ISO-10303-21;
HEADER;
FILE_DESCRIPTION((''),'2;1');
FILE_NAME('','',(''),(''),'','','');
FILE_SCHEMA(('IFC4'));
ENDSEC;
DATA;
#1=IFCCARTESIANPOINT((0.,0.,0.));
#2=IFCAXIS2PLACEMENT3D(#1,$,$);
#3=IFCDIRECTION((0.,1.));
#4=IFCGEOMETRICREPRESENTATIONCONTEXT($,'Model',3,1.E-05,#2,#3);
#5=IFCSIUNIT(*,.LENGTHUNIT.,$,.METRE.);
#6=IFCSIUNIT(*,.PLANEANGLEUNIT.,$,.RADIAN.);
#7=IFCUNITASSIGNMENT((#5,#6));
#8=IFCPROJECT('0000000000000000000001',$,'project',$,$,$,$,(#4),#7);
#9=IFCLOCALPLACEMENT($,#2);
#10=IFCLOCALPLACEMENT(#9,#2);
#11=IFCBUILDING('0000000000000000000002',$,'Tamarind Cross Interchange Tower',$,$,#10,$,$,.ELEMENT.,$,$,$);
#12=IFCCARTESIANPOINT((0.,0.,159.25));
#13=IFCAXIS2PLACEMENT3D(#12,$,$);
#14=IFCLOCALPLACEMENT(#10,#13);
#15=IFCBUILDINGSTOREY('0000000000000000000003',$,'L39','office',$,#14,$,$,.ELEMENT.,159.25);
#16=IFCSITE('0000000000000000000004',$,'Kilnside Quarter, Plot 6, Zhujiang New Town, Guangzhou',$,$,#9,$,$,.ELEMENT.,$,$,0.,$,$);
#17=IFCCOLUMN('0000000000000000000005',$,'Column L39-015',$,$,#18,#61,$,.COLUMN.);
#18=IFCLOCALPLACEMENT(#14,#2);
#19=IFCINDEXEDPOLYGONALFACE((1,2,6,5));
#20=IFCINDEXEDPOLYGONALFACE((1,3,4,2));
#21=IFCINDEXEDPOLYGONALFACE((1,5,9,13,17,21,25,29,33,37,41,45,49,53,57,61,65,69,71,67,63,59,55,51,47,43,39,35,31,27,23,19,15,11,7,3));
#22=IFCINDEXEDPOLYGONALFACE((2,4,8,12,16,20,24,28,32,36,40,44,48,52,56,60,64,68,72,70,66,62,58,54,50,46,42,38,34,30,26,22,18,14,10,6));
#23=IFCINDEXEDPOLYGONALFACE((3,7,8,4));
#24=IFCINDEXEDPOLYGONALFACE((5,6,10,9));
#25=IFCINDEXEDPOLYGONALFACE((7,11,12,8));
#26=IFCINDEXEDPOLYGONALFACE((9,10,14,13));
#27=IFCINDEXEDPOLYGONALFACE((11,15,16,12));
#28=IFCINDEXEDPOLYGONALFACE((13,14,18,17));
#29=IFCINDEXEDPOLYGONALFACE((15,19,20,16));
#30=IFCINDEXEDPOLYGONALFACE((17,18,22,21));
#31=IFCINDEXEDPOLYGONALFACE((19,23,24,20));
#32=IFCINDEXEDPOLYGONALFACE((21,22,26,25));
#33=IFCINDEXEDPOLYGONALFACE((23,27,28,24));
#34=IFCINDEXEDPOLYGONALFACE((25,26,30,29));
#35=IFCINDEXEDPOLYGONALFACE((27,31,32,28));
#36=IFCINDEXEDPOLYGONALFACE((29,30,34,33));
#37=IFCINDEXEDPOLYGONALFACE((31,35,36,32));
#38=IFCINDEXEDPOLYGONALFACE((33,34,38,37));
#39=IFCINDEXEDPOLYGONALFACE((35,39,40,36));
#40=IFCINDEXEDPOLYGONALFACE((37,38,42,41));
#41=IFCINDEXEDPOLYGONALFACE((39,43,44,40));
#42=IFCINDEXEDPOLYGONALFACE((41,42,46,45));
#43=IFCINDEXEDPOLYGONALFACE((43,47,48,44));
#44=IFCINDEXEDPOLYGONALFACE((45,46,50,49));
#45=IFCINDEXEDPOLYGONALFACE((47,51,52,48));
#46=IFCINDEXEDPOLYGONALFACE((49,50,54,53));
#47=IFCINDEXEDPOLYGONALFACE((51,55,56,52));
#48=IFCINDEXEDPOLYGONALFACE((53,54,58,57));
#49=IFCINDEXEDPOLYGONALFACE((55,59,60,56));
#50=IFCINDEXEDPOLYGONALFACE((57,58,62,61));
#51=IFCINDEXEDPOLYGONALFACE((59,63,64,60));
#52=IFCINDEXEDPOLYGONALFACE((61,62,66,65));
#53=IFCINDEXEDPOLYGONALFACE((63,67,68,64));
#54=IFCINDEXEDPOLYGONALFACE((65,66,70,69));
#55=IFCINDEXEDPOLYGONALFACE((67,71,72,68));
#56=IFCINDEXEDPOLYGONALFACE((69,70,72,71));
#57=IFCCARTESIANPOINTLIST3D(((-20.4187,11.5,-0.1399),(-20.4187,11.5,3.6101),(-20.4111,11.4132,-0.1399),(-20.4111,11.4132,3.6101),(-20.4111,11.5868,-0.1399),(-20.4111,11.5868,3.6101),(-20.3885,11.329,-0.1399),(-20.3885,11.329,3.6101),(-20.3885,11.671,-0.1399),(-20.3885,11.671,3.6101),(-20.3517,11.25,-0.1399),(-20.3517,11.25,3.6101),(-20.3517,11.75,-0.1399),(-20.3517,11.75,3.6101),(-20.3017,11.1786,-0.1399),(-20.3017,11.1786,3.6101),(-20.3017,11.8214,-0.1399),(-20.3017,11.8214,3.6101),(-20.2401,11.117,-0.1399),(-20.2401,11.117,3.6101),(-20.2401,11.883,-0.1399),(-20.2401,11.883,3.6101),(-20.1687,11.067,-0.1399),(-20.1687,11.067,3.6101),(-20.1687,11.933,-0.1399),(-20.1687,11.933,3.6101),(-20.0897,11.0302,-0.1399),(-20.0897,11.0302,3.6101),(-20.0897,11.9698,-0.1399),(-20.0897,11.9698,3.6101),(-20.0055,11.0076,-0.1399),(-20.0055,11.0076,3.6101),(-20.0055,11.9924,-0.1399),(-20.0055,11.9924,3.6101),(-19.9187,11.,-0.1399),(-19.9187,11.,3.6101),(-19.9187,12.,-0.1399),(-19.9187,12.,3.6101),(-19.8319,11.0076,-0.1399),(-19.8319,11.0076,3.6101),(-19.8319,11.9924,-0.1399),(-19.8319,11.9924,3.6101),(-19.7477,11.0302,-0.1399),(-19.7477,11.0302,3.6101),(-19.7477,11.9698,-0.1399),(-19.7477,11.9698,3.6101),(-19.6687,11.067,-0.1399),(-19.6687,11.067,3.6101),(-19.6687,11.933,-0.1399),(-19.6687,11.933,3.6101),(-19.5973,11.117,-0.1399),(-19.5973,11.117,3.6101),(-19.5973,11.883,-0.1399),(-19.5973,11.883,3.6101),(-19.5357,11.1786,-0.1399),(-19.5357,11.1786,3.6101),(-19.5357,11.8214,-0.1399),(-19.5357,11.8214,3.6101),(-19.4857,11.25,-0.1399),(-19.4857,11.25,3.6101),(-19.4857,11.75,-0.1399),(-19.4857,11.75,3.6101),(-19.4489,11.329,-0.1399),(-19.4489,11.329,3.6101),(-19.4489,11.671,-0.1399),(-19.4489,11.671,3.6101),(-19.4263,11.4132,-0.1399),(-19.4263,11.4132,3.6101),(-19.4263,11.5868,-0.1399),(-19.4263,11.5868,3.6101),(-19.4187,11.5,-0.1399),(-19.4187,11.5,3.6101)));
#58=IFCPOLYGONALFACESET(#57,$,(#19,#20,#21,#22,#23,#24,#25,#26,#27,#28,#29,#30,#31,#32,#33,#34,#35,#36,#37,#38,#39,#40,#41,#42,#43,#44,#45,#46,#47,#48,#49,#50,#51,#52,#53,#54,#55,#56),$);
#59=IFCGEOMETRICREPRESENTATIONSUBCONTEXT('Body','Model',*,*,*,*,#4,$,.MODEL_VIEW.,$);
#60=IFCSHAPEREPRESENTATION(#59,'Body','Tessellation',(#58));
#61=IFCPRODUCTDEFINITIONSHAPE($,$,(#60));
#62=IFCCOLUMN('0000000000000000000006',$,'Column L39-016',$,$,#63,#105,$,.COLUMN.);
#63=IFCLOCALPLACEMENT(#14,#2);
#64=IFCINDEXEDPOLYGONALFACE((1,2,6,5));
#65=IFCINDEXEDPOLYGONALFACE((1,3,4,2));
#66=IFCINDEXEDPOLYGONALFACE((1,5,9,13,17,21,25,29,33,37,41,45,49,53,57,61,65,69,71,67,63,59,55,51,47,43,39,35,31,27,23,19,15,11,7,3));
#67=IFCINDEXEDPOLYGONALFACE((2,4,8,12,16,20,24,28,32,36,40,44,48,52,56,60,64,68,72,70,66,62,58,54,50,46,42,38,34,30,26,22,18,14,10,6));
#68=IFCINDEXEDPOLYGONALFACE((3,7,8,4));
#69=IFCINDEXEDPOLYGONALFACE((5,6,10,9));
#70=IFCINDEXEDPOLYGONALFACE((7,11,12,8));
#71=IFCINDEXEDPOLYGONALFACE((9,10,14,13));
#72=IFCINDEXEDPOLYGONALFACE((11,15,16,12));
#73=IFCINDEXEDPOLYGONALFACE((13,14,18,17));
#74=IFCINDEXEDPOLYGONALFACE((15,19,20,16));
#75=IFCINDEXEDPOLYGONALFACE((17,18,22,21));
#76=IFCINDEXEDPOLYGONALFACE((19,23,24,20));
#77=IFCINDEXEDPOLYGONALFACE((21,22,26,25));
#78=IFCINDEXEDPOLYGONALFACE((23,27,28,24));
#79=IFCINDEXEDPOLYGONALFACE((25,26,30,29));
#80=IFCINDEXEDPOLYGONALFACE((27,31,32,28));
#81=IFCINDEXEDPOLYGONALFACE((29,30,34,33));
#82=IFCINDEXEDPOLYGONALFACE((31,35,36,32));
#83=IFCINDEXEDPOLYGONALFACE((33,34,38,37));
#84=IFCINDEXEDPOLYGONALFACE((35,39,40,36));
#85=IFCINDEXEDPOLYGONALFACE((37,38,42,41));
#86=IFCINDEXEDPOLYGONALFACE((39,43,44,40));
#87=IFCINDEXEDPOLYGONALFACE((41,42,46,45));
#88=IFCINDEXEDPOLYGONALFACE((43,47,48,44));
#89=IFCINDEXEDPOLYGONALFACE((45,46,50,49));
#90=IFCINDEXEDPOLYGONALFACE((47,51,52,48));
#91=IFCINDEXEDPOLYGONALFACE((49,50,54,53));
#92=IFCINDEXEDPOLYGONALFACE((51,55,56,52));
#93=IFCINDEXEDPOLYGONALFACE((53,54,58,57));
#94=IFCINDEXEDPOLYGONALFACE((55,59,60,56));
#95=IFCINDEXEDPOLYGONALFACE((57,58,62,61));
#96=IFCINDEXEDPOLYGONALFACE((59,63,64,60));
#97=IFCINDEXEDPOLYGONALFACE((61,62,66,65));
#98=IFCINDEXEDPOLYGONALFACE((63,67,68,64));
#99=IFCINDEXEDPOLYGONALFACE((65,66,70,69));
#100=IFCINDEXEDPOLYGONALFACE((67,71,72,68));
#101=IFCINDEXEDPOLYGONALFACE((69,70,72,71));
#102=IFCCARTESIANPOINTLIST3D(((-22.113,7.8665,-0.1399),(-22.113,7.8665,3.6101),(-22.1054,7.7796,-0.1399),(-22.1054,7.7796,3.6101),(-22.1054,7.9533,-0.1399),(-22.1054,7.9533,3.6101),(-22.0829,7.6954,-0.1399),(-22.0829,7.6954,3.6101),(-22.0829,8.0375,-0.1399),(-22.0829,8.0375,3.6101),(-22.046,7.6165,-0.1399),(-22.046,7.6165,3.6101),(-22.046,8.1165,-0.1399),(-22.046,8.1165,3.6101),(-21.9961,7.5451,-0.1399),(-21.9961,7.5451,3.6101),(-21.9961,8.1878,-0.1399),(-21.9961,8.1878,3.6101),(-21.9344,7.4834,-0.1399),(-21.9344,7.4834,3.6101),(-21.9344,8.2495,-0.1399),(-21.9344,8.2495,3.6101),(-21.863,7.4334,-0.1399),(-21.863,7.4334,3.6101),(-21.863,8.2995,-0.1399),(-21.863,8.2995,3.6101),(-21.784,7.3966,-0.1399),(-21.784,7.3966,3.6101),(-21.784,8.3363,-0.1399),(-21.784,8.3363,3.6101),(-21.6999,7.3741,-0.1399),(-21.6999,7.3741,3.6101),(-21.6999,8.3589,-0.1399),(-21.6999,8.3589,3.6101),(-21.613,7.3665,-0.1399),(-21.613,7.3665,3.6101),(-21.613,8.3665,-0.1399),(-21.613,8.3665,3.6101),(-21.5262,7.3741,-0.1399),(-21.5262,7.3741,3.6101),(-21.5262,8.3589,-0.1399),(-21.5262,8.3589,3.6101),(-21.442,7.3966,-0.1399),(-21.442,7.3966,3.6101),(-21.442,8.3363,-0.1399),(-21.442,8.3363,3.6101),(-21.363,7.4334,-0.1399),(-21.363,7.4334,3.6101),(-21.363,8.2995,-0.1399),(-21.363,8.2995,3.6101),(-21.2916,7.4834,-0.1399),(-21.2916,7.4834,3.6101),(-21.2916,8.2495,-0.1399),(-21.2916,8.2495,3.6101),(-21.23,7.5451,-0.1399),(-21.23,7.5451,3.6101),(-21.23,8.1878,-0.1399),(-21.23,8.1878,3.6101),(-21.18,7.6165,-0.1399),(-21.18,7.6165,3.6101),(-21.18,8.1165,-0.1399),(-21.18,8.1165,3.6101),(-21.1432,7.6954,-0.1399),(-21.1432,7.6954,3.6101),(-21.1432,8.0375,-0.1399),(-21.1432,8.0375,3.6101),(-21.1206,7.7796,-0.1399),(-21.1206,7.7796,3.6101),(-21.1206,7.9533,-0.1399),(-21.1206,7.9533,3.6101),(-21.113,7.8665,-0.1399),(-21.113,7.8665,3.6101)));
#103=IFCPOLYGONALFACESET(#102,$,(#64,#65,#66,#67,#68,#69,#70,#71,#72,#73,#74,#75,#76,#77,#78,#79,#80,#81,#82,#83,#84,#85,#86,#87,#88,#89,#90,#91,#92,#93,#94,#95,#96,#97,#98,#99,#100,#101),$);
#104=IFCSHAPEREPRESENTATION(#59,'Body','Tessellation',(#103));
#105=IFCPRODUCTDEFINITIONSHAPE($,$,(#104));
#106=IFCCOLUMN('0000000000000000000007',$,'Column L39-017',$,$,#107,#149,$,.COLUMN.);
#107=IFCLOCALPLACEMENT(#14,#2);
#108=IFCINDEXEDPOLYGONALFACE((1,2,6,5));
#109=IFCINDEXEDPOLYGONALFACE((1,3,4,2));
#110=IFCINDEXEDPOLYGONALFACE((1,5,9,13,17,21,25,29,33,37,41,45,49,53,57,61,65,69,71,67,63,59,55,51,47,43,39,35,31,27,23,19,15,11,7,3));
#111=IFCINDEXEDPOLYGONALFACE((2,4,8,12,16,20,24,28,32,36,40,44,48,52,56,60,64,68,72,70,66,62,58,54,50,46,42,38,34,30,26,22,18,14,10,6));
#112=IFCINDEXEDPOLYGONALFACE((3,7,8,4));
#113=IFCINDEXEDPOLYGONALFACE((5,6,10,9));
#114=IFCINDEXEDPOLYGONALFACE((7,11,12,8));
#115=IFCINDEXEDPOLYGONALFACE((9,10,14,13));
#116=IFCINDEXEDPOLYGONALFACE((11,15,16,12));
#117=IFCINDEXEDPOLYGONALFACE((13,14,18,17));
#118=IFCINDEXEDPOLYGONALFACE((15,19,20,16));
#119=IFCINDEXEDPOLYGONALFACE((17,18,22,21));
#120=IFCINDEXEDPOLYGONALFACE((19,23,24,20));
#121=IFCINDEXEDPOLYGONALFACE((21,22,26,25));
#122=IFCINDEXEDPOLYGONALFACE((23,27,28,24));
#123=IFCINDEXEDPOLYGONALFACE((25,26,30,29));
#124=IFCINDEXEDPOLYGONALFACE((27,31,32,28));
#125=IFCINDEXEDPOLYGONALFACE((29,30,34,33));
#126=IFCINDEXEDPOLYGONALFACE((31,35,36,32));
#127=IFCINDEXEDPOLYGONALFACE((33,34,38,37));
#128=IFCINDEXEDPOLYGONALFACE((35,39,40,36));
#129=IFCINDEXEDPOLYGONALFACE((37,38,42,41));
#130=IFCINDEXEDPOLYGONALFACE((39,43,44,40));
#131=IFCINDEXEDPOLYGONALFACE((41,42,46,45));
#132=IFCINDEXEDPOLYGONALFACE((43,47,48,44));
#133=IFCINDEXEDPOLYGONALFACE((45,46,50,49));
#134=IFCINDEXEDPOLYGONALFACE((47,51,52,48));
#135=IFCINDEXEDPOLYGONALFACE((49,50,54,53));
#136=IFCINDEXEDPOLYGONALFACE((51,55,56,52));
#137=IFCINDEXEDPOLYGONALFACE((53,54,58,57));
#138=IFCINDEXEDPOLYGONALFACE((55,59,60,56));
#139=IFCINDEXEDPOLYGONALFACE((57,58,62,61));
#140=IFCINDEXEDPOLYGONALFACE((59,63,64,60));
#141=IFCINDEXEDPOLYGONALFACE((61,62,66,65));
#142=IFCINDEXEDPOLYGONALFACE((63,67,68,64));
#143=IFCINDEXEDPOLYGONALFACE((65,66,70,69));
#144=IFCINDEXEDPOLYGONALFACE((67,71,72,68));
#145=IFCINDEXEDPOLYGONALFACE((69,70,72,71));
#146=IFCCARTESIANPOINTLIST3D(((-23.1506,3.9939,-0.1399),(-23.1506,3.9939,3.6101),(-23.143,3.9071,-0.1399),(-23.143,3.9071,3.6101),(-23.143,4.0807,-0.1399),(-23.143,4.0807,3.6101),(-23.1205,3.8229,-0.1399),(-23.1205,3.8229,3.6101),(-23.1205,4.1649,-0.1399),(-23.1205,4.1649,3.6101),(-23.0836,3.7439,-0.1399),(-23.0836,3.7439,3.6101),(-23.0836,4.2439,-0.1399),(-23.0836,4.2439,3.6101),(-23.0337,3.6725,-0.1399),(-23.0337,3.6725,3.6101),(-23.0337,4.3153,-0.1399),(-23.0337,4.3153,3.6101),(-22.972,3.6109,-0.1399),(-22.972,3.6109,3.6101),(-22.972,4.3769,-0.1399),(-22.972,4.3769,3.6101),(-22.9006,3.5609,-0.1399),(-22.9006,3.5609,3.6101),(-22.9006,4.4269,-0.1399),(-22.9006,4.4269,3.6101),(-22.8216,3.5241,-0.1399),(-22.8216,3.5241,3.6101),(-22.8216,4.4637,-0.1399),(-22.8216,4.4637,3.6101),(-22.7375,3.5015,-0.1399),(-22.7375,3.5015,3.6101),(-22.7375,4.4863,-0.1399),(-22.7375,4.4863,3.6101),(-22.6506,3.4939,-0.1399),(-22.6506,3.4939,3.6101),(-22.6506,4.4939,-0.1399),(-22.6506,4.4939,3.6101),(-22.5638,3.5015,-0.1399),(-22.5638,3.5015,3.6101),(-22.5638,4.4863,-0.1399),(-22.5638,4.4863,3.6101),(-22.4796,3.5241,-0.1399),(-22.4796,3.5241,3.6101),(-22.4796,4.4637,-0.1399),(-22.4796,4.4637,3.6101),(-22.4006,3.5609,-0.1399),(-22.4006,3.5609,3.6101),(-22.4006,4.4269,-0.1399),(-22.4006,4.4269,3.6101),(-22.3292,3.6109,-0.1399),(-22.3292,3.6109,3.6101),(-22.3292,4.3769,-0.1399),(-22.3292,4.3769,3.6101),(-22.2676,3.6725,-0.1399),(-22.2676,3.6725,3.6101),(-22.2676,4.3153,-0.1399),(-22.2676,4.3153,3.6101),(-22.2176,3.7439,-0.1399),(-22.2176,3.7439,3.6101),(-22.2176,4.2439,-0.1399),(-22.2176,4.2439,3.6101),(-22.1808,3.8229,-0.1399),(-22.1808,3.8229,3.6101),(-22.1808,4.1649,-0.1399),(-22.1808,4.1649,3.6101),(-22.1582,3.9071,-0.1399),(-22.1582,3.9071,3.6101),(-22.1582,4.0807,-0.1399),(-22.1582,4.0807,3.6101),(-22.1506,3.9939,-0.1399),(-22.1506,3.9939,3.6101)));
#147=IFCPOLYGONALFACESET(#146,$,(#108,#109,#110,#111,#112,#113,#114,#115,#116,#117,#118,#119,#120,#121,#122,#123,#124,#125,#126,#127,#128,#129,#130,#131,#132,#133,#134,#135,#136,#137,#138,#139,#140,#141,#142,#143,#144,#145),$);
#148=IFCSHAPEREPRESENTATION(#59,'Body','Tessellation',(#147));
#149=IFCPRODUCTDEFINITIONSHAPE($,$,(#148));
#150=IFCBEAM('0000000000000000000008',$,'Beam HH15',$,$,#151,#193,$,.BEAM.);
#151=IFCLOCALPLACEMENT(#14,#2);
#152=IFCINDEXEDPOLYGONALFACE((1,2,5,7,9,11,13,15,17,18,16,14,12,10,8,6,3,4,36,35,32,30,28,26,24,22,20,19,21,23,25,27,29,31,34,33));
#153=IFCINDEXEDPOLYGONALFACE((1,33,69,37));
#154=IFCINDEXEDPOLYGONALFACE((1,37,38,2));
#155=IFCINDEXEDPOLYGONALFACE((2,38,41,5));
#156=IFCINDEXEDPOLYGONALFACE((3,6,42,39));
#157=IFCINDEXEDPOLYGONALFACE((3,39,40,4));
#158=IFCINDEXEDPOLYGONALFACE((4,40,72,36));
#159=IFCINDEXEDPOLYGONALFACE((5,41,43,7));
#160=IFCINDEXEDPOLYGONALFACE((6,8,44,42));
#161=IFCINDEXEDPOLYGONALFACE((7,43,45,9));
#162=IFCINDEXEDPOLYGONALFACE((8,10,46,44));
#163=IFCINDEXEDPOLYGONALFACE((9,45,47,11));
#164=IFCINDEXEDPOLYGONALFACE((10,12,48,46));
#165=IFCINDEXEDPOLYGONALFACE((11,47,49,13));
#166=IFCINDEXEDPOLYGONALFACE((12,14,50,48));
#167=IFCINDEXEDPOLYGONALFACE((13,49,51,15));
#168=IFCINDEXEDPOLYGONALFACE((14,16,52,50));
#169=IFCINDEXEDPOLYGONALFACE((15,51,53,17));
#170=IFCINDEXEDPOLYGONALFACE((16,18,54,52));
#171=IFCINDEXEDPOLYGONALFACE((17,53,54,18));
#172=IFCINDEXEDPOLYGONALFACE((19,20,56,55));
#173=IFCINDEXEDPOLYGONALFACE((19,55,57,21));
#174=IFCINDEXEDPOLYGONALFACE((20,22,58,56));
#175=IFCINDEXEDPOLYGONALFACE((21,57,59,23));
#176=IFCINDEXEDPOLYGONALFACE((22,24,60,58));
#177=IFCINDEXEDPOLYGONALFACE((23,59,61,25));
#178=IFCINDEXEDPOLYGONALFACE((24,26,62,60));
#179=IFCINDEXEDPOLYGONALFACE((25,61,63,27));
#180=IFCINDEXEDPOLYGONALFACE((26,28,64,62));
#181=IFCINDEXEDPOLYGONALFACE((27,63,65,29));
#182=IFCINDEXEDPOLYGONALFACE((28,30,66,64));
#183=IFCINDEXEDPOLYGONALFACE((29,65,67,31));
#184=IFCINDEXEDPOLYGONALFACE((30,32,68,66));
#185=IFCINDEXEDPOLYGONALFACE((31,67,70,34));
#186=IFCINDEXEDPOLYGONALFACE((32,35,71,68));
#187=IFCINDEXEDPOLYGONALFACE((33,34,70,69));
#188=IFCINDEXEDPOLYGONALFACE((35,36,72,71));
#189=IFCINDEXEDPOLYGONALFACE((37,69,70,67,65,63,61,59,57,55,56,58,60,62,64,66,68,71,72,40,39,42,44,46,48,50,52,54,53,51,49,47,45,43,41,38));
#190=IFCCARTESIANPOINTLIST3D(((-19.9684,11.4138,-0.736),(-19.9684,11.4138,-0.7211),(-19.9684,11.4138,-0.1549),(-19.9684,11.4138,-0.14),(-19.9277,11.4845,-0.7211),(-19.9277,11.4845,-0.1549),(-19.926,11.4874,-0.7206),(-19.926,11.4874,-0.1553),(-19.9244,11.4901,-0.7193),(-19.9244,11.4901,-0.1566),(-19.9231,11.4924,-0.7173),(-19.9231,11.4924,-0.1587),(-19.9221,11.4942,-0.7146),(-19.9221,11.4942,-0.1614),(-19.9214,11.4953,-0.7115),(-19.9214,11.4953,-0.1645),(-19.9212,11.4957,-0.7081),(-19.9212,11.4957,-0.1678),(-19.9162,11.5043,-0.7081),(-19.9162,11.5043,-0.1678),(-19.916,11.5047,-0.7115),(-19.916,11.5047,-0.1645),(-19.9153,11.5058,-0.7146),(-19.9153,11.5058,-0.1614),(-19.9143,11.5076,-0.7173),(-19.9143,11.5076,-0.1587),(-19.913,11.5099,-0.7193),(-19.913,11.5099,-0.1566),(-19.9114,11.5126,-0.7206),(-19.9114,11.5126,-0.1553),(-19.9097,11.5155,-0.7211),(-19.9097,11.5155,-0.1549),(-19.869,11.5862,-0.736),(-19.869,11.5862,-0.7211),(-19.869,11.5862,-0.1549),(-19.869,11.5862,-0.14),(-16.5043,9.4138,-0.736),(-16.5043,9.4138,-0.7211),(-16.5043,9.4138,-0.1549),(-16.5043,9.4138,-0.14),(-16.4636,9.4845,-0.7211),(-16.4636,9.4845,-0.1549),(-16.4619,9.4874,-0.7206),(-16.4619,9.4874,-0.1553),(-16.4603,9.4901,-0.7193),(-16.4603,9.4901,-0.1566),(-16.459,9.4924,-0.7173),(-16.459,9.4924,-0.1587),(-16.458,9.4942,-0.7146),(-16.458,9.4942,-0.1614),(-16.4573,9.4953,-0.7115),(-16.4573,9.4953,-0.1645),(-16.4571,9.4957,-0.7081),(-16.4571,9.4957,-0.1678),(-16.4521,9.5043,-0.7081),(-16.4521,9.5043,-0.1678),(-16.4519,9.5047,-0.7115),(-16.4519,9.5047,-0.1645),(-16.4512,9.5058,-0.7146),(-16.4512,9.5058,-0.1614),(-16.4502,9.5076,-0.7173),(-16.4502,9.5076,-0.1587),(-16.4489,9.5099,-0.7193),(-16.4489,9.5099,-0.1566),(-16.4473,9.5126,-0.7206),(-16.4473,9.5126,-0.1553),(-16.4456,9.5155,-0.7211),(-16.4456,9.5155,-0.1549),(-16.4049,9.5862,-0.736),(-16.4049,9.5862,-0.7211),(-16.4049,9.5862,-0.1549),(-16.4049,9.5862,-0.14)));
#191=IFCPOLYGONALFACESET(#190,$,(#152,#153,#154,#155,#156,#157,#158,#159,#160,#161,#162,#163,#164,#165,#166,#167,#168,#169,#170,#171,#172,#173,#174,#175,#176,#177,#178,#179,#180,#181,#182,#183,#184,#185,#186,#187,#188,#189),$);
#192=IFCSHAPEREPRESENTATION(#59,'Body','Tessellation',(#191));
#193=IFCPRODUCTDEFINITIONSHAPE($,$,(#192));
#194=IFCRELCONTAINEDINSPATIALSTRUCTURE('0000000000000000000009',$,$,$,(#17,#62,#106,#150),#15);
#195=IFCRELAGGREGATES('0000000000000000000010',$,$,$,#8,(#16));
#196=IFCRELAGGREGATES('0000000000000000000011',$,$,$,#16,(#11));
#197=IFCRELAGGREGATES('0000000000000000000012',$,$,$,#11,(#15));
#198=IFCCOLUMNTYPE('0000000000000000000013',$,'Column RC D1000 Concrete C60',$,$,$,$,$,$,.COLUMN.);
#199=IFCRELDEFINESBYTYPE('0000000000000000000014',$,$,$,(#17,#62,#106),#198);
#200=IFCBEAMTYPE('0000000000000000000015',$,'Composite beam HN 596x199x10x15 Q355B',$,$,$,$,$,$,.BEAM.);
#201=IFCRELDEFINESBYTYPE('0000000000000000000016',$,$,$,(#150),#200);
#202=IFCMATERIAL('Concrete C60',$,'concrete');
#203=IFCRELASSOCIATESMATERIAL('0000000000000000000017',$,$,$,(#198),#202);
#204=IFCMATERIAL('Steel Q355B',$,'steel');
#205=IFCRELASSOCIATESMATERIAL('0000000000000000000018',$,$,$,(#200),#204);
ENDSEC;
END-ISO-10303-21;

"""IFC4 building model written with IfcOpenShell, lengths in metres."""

from ifc_helpers import new_model, si_unit, direction, frame, origin, origin_2d, place, context, subcontext, project, spatial, circle, i_section, extrude, material, material_profile, profile_set, type_object, element, save


model = new_model("IFC4")

# Units and contexts
model_context = context("Model", 3, precision=1e-05, world=origin(), true_north=direction((0.0, 1.0)))
body_context = subcontext(model_context, "Body", "Model", "MODEL_VIEW")
ifc_project = project(units=[si_unit("LENGTHUNIT", "METRE"), si_unit("PLANEANGLEUNIT", "RADIAN")], contexts=[model_context])

# Site, building, storey
site_placement = place(None, origin())
site = spatial("IfcSite", under=ifc_project, at=site_placement, Name="Kilnside Quarter, Plot 6, Zhujiang New Town, Guangzhou", CompositionType="ELEMENT", RefElevation=0.0)
building_placement = place(site_placement, origin())
building = spatial("IfcBuilding", under=site, at=building_placement, Name="Tamarind Cross Interchange Tower", CompositionType="ELEMENT")
storey_placement = place(building_placement, frame((0.0, 0.0, 159.25)))
storey = spatial("IfcBuildingStorey", under=building, at=storey_placement, Name="L39", Description="office", CompositionType="ELEMENT", Elevation=159.25)

# Columns
ifc_material_1 = material(Name="Concrete C60", Category="concrete")
ifc_material_profile_1 = material_profile(ifc_material_1, circle(Radius=0.5, at=origin_2d()), Name="RC D1000")
ifc_profile_set_1 = profile_set([ifc_material_profile_1], Name="Concrete C60")
column_type = type_object("IfcColumnType", Name="Column RC D1000 Concrete C60", PredefinedType="COLUMN", material=ifc_profile_set_1)
for number, where, z_axis, x_axis, name in (
    (1, (-19.9187, 11.5, -0.1399), (0.0, 0.0, 1.0), (1.0, 0.0, 0.0), "Column L39-015"),
    (2, (-21.613, 7.8665, -0.1399), (0.0, 0.0, 1.0), (1.0, 0.0, 0.0), "Column L39-016"),
    (3, (-22.6506, 3.9939, -0.1399), (0.0, 0.0, 1.0), (1.0, 0.0, 0.0), "Column L39-017"),
):
    element("IfcColumn", number, at=place(storey_placement, frame(where, z_axis=z_axis, x_axis=x_axis)), inside=storey, type_object=column_type, Name=name, PredefinedType="COLUMN", context=body_context, shape_type="SweptSolid", body=[
        extrude(circle(Radius=0.5, at=origin_2d()), origin(), (0.0, 0.0, 1.0), 3.75),
    ])

# Beam
ifc_material_2 = material(Name="Steel Q355B", Category="steel")
ifc_material_profile_2 = material_profile(ifc_material_2, i_section(OverallWidth=0.199, OverallDepth=0.5959, WebThickness=0.01, FlangeThickness=0.0149, FilletRadius=0.0129, at=origin_2d()), Name="HN 596x199x10x15")
ifc_profile_set_2 = profile_set([ifc_material_profile_2], Name="Steel Q355B")
beam_type = type_object("IfcBeamType", Name="Composite beam HN 596x199x10x15 Q355B", PredefinedType="BEAM", material=ifc_profile_set_2)
beam_1_placement = place(storey_placement, frame((-19.9187, 11.5, -0.438), z_axis=(0.866026, -0.499999, 0.0), x_axis=(0.499999, 0.866026, 0.0)))
element("IfcBeam", 4, at=beam_1_placement, inside=storey, type_object=beam_type, Name="Beam HH15", PredefinedType="BEAM", context=body_context, shape_type="SweptSolid", body=[
    extrude(i_section(OverallWidth=0.199, OverallDepth=0.5959, WebThickness=0.01, FlangeThickness=0.0149, FilletRadius=0.0129, at=origin_2d()), origin(), (0.0, 0.0, 1.0), 4.0),
])

save(model, "model.ifc")
